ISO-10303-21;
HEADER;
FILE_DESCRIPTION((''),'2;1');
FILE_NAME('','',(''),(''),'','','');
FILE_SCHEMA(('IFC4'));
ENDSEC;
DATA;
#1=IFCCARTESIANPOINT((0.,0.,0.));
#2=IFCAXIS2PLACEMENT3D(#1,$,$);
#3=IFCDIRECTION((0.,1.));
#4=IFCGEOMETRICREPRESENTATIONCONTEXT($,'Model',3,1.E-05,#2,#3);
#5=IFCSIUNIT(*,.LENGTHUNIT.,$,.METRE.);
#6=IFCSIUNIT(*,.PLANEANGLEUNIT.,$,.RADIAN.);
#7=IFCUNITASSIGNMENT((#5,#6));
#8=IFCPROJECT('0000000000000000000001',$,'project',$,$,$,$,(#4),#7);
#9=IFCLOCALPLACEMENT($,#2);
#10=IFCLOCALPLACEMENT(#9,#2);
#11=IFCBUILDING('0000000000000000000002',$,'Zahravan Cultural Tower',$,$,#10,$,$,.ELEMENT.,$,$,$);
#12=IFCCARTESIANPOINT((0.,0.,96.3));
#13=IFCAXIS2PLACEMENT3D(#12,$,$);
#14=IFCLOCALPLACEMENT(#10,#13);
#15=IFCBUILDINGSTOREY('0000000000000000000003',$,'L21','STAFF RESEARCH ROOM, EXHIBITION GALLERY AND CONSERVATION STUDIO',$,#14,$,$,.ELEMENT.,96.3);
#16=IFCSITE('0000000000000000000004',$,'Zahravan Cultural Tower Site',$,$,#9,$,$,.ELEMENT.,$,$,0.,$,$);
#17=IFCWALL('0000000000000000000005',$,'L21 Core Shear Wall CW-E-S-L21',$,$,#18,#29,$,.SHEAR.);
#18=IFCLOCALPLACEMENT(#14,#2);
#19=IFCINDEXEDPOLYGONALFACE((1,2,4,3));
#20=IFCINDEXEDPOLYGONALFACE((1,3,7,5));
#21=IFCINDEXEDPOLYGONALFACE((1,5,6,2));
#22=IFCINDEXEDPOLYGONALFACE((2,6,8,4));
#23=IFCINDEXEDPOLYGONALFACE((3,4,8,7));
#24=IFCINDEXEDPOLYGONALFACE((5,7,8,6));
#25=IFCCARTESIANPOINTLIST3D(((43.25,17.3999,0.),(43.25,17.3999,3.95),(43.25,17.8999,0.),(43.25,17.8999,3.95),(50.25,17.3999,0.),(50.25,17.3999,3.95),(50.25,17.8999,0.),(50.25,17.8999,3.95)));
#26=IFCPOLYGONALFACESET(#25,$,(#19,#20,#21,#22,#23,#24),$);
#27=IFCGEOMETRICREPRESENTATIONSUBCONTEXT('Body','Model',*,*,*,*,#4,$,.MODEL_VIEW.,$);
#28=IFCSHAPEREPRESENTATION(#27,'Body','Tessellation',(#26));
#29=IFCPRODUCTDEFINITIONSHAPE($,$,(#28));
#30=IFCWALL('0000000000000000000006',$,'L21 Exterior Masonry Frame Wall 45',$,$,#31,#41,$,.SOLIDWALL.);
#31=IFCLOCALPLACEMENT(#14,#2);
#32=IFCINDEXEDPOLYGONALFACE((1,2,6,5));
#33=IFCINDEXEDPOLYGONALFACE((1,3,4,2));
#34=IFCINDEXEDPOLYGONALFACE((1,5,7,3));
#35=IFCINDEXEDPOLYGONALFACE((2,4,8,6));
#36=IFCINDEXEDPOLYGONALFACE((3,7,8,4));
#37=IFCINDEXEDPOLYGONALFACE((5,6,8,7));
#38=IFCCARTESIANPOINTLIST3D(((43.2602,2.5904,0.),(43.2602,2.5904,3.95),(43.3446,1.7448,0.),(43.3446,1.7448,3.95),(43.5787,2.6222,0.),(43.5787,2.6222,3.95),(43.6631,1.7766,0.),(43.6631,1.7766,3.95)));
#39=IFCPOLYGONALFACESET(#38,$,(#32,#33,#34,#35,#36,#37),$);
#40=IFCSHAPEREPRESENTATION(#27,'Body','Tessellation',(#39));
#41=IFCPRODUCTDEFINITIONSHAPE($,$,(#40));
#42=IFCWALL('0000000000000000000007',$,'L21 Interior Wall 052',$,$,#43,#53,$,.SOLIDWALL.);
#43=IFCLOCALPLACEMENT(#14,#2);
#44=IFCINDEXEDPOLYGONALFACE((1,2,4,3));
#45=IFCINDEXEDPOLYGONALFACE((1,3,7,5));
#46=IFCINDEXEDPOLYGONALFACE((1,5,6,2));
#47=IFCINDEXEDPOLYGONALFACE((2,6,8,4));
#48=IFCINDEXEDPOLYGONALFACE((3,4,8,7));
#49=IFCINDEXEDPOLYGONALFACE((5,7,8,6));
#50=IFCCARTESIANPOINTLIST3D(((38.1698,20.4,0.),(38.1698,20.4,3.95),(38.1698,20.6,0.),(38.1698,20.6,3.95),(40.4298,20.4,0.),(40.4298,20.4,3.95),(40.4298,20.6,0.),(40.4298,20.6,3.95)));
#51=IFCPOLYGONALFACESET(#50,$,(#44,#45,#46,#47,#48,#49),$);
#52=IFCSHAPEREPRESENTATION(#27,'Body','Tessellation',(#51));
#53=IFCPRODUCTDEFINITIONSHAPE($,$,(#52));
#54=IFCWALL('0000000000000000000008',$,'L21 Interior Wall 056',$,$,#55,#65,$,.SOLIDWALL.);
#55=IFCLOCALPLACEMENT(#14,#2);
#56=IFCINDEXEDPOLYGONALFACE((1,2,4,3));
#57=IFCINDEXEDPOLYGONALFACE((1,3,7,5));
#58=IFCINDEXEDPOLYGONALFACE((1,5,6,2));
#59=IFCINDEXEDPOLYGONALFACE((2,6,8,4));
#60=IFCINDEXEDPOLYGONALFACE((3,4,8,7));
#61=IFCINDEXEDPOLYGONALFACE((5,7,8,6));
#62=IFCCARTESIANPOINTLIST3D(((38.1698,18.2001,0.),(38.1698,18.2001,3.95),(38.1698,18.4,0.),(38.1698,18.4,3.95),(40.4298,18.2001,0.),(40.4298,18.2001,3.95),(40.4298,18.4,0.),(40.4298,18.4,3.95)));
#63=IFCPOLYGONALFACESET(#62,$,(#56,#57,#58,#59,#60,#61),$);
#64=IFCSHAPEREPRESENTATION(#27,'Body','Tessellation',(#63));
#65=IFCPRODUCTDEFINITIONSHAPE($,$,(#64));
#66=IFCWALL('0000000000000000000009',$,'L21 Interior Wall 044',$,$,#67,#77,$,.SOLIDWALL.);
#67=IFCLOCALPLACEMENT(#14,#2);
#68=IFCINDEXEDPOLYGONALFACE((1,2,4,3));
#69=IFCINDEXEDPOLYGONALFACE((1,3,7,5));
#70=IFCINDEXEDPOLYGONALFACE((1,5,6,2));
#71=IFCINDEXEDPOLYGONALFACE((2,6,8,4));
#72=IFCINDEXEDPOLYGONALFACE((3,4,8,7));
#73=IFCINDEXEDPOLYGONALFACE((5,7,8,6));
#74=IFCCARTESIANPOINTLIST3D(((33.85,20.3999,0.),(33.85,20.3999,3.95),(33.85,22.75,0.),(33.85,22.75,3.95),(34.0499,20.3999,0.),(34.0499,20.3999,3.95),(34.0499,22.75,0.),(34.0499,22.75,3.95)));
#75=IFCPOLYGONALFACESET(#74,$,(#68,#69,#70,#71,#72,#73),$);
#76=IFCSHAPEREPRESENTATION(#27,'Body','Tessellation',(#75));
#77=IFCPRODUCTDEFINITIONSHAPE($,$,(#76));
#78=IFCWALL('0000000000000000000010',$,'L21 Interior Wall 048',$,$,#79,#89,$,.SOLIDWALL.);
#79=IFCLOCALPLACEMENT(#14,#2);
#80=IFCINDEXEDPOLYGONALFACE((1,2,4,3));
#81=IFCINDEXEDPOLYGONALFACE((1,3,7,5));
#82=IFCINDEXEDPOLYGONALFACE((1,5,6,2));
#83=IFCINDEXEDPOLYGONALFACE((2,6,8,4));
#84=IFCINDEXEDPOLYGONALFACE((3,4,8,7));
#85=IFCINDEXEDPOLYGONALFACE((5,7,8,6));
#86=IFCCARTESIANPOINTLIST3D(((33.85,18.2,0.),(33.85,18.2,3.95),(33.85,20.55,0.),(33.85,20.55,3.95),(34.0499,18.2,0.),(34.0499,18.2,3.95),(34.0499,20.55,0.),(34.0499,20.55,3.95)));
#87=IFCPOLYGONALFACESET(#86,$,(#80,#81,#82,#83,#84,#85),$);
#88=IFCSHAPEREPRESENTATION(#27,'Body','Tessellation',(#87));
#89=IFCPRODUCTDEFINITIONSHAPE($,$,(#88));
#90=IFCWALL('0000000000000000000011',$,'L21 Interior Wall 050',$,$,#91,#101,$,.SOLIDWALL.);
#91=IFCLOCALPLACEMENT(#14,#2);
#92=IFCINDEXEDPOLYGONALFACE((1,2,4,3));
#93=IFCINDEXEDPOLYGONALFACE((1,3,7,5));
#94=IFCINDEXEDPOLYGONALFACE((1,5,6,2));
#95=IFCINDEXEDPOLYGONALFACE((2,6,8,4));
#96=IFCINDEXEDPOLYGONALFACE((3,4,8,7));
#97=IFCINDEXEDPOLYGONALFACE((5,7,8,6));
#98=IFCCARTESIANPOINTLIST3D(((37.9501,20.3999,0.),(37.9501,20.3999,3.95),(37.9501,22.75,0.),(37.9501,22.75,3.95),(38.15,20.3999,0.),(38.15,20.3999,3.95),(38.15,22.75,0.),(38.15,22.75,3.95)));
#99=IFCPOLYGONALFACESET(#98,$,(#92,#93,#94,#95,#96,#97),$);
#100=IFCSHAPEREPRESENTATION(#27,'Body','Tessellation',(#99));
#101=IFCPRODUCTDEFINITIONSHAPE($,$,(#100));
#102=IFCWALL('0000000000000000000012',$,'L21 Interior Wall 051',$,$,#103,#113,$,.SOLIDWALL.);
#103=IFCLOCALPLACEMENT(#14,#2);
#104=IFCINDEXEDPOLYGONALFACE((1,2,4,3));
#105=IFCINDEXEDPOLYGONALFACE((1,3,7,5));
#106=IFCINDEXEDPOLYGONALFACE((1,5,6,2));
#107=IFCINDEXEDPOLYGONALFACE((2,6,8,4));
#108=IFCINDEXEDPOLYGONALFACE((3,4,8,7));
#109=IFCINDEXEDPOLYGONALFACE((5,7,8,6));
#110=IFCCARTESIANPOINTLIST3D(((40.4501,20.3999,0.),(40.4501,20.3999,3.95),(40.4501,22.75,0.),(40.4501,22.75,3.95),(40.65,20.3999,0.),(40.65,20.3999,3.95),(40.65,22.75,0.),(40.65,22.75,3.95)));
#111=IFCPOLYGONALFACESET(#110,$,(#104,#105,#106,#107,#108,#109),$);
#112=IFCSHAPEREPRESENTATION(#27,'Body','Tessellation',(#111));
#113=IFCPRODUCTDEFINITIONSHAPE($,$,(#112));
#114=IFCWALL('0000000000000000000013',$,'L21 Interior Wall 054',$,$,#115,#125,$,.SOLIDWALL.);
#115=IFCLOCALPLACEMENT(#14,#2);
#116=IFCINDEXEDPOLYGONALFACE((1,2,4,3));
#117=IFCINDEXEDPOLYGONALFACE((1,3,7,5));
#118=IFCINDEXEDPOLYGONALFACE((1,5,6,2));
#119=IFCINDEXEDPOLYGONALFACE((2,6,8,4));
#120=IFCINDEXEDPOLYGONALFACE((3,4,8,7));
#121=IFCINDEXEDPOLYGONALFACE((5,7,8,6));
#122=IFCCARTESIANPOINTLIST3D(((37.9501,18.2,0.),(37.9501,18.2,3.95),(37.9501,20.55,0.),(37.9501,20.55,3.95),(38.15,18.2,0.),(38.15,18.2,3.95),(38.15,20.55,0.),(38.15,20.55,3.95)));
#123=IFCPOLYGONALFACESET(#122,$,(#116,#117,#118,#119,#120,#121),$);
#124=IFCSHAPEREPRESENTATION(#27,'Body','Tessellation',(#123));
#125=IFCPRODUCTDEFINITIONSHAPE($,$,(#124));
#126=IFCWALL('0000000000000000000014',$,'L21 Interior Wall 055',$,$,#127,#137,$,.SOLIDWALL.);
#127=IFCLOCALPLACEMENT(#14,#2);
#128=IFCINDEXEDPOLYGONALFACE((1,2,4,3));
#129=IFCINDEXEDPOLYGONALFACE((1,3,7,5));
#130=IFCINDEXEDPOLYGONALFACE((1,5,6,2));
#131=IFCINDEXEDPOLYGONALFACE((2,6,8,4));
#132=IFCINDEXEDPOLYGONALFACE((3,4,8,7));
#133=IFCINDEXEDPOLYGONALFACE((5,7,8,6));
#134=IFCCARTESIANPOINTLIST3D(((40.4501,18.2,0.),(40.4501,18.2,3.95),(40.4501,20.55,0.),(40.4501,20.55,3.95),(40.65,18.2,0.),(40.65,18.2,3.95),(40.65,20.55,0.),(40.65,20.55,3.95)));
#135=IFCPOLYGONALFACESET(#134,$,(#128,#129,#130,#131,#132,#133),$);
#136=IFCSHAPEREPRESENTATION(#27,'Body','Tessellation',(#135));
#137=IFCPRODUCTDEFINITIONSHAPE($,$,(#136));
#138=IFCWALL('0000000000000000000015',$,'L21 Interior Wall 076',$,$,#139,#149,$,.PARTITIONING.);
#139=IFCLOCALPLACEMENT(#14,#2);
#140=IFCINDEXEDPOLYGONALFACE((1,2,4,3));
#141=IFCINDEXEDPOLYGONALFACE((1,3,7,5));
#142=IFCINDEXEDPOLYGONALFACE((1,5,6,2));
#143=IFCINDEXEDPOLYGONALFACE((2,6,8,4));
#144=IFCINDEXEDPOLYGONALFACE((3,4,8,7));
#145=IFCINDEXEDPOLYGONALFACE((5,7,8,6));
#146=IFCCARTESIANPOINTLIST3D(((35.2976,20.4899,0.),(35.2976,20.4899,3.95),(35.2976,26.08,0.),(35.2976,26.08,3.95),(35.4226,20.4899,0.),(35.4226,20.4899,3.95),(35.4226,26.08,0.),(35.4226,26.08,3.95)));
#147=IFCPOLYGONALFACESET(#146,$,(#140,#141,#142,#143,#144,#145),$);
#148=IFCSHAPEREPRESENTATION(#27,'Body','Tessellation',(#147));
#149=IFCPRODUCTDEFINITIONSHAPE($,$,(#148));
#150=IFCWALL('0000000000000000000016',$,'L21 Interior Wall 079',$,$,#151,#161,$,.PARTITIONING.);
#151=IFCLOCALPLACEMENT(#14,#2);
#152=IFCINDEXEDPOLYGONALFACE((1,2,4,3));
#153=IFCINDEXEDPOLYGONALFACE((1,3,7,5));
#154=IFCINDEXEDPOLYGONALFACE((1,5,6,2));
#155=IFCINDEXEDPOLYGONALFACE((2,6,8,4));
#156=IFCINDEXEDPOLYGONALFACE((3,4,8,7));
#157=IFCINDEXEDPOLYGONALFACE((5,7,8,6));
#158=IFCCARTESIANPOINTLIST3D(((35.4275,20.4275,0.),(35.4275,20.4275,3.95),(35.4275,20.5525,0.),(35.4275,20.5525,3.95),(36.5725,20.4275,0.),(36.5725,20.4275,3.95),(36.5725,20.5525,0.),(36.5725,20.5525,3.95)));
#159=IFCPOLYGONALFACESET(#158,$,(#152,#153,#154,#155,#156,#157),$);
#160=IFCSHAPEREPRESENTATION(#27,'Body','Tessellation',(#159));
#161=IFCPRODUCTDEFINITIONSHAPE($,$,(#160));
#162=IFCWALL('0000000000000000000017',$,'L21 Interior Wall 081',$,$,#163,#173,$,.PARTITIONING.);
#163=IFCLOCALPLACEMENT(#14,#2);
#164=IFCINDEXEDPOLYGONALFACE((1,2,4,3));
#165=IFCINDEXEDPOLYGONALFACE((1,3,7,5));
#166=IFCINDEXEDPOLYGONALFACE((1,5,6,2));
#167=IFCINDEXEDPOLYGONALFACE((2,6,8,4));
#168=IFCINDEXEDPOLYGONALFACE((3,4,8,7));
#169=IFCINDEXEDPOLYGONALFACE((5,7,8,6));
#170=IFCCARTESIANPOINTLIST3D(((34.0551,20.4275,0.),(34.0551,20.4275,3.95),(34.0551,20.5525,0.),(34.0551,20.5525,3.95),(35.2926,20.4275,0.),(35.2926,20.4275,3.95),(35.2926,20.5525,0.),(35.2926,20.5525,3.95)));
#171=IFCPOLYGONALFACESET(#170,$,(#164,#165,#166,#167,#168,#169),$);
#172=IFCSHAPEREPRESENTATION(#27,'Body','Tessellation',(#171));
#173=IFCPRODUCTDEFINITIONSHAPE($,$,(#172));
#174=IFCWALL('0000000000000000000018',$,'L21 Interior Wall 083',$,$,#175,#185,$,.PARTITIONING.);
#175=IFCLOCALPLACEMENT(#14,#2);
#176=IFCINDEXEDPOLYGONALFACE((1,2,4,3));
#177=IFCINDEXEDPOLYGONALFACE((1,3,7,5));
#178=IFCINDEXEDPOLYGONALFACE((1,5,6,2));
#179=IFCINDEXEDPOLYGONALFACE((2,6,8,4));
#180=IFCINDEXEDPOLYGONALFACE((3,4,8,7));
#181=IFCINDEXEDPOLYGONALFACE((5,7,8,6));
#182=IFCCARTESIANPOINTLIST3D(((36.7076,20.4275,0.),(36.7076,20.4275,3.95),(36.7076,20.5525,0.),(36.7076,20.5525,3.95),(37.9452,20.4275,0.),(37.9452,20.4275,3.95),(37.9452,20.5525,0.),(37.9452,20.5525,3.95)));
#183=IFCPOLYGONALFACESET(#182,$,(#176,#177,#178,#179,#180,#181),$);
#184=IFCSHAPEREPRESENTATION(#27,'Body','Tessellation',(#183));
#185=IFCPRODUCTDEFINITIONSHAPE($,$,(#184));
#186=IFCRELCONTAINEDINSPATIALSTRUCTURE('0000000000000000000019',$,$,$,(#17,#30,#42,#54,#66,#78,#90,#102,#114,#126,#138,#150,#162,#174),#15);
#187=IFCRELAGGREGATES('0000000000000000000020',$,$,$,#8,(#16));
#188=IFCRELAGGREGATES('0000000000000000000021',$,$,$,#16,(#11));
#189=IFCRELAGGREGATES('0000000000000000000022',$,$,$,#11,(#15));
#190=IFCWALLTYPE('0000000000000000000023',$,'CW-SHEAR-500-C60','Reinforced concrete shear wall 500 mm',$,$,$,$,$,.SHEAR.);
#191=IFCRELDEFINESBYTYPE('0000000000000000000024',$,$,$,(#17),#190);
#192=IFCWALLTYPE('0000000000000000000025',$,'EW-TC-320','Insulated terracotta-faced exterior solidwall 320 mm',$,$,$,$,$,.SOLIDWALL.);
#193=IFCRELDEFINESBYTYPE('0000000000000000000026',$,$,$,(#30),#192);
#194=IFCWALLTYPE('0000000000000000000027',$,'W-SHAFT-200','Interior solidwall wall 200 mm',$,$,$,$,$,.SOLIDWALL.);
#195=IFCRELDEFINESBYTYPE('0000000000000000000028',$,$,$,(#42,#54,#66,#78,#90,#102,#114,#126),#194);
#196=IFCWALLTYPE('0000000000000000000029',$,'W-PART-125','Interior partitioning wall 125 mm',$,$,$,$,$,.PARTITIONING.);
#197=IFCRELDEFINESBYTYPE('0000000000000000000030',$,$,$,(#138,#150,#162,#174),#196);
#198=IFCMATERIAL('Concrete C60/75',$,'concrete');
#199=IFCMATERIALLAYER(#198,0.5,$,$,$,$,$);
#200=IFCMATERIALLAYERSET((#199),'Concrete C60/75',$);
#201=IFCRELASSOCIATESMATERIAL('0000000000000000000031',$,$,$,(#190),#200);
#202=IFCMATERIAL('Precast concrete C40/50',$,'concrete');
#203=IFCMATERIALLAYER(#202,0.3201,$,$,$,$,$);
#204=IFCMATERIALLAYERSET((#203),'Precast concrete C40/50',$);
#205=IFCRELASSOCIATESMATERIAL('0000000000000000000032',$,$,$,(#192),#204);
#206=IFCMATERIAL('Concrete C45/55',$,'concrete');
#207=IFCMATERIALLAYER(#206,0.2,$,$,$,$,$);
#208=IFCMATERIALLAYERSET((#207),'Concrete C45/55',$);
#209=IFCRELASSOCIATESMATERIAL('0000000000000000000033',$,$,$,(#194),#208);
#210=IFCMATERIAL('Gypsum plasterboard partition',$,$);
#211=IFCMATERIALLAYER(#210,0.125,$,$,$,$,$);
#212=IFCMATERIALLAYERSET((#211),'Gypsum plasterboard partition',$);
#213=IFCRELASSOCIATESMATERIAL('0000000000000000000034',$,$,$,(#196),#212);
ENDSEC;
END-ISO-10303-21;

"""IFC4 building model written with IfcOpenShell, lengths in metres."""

from ifc_helpers import new_model, si_unit, direction, frame, frame_2d, origin, place, context, subcontext, project, spatial, rectangle, extrude, source, transform, mapped, material, layer, layer_set, type_object, element, save


model = new_model("IFC4")

# Units and contexts
model_context = context("Model", 3, precision=1e-05, world=origin(), true_north=direction((0.0, 1.0)))
body_context = subcontext(model_context, "Body", "Model", "MODEL_VIEW")
ifc_project = project(units=[si_unit("LENGTHUNIT", "METRE"), si_unit("PLANEANGLEUNIT", "RADIAN")], contexts=[model_context])

# Site, building, storey
site_placement = place(None, origin())
site = spatial("IfcSite", under=ifc_project, at=site_placement, Name="Zahravan Cultural Tower Site", CompositionType="ELEMENT", RefElevation=0.0)
building_placement = place(site_placement, origin())
building = spatial("IfcBuilding", under=site, at=building_placement, Name="Zahravan Cultural Tower", CompositionType="ELEMENT")
storey_placement = place(building_placement, frame((0.0, 0.0, 96.3)))
storey = spatial("IfcBuildingStorey", under=building, at=storey_placement, Name="L21", Description="STAFF RESEARCH ROOM, EXHIBITION GALLERY AND CONSERVATION STUDIO", CompositionType="ELEMENT", Elevation=96.3)

# Shared definitions
ifc_material_1 = material(Name="Concrete C60/75", Category="concrete")

# Shared definitions
ifc_layer_1 = layer(ifc_material_1, 0.5)
ifc_layer_set_1 = layer_set([ifc_layer_1], Name="Concrete C60/75")
wall_type_1 = type_object("IfcWallType", Name="CW-SHEAR-500-C60", Description="Reinforced concrete shear wall 500 mm", PredefinedType="SHEAR", material=ifc_layer_set_1)

# Walls
shared_shape_1 = source(origin(), body_context, "Body", "SweptSolid", [
    extrude(rectangle(XDim=7.0, YDim=0.5, at=frame_2d((3.5, 0.0))), origin(), (0.0, 0.0, 1.0), 3.95),
])
wall_1_placement = place(storey_placement, frame((43.25, 17.6499, 0.0), z_axis=(0.0, 0.0, 1.0), x_axis=(1.0, 0.0, 0.0)))
element("IfcWall", 1, at=wall_1_placement, inside=storey, type_object=wall_type_1, Name="L21 Core Shear Wall CW-E-S-L21", PredefinedType="SHEAR", context=body_context, shape_type="MappedRepresentation", body=[
    mapped(shared_shape_1, transform((0.0, 0.0, 0.0), x_axis=(1.0, 0.0, 0.0), y_axis=(0.0, 1.0, 0.0), z_axis=(0.0, 0.0, 1.0), scale=1.0)),
])
ifc_material_2 = material(Name="Precast concrete C40/50", Category="concrete")
ifc_layer_2 = layer(ifc_material_2, 0.3201)
ifc_layer_set_2 = layer_set([ifc_layer_2], Name="Precast concrete C40/50")
wall_type_2 = type_object("IfcWallType", Name="EW-TC-320", Description="Insulated terracotta-faced exterior solidwall 320 mm", PredefinedType="SOLIDWALL", material=ifc_layer_set_2)
shared_shape_2 = source(origin(), body_context, "Body", "SweptSolid", [
    extrude(rectangle(XDim=0.8499, YDim=0.3201, at=frame_2d((0.4248, 0.0))), origin(), (0.0, 0.0, 1.0), 3.95),
])
wall_2_placement = place(storey_placement, frame((43.4194, 2.6062, 0.0), z_axis=(0.0, 0.0, 1.0), x_axis=(0.09939, -0.995049, 0.0)))
element("IfcWall", 2, at=wall_2_placement, inside=storey, type_object=wall_type_2, Name="L21 Exterior Masonry Frame Wall 45", PredefinedType="SOLIDWALL", context=body_context, shape_type="MappedRepresentation", body=[
    mapped(shared_shape_2, transform((0.0, 0.0, 0.0), x_axis=(1.0, 0.0, 0.0), y_axis=(0.0, 1.0, 0.0), z_axis=(0.0, 0.0, 1.0), scale=1.0)),
])
ifc_material_3 = material(Name="Concrete C45/55", Category="concrete")
ifc_layer_3 = layer(ifc_material_3, 0.2)
ifc_layer_set_3 = layer_set([ifc_layer_3], Name="Concrete C45/55")
wall_type_3 = type_object("IfcWallType", Name="W-SHAFT-200", Description="Interior solidwall wall 200 mm", PredefinedType="SOLIDWALL", material=ifc_layer_set_3)
shared_shape_3 = source(origin(), body_context, "Body", "SweptSolid", [
    extrude(rectangle(XDim=2.26, YDim=0.2, at=frame_2d((1.1299, 0.0))), origin(), (0.0, 0.0, 1.0), 3.95),
])
for number, where, z_axis, x_axis, name in (
    (3, (38.1699, 20.5, 0.0), (0.0, 0.0, 1.0), (1.0, 0.0, 0.0), "L21 Interior Wall 052"),
    (4, (38.1699, 18.3, 0.0), (0.0, 0.0, 1.0), (1.0, 0.0, 0.0), "L21 Interior Wall 056"),
):
    element("IfcWall", number, at=place(storey_placement, frame(where, z_axis=z_axis, x_axis=x_axis)), inside=storey, type_object=wall_type_3, Name=name, PredefinedType="SOLIDWALL", context=body_context, shape_type="MappedRepresentation", body=[
        mapped(shared_shape_3, transform((0.0, 0.0, 0.0), x_axis=(1.0, 0.0, 0.0), y_axis=(0.0, 1.0, 0.0), z_axis=(0.0, 0.0, 1.0), scale=1.0)),
    ])
shared_shape_4 = source(origin(), body_context, "Body", "SweptSolid", [
    extrude(rectangle(XDim=2.3501, YDim=0.2, at=frame_2d((1.175, 0.0))), origin(), (0.0, 0.0, 1.0), 3.95),
])
for number, where, z_axis, x_axis, name in (
    (5, (33.95, 20.3999, 0.0), (0.0, 0.0, 1.0), (0.0, 1.0, 0.0), "L21 Interior Wall 044"),
    (6, (33.95, 18.2, 0.0), (0.0, 0.0, 1.0), (0.0, 1.0, 0.0), "L21 Interior Wall 048"),
    (7, (38.05, 20.3999, 0.0), (0.0, 0.0, 1.0), (0.0, 1.0, 0.0), "L21 Interior Wall 050"),
    (8, (40.55, 20.3999, 0.0), (0.0, 0.0, 1.0), (0.0, 1.0, 0.0), "L21 Interior Wall 051"),
    (9, (38.05, 18.2, 0.0), (0.0, 0.0, 1.0), (0.0, 1.0, 0.0), "L21 Interior Wall 054"),
    (10, (40.55, 18.2, 0.0), (0.0, 0.0, 1.0), (0.0, 1.0, 0.0), "L21 Interior Wall 055"),
):
    element("IfcWall", number, at=place(storey_placement, frame(where, z_axis=z_axis, x_axis=x_axis)), inside=storey, type_object=wall_type_3, Name=name, PredefinedType="SOLIDWALL", context=body_context, shape_type="MappedRepresentation", body=[
        mapped(shared_shape_4, transform((0.0, 0.0, 0.0), x_axis=(1.0, 0.0, 0.0), y_axis=(0.0, 1.0, 0.0), z_axis=(0.0, 0.0, 1.0), scale=1.0)),
    ])
ifc_material_4 = material(Name="Gypsum plasterboard partition")
ifc_layer_4 = layer(ifc_material_4, 0.125)
ifc_layer_set_4 = layer_set([ifc_layer_4], Name="Gypsum plasterboard partition")
wall_type_4 = type_object("IfcWallType", Name="W-PART-125", Description="Interior partitioning wall 125 mm", PredefinedType="PARTITIONING", material=ifc_layer_set_4)
shared_shape_5 = source(origin(), body_context, "Body", "SweptSolid", [
    extrude(rectangle(XDim=5.5901, YDim=0.125, at=frame_2d((2.7949, 0.0))), origin(), (0.0, 0.0, 1.0), 3.95),
])
wall_3_placement = place(storey_placement, frame((35.3601, 20.49, 0.0), z_axis=(0.0, 0.0, 1.0), x_axis=(0.0, 1.0, 0.0)))
element("IfcWall", 11, at=wall_3_placement, inside=storey, type_object=wall_type_4, Name="L21 Interior Wall 076", PredefinedType="PARTITIONING", context=body_context, shape_type="MappedRepresentation", body=[
    mapped(shared_shape_5, transform((0.0, 0.0, 0.0), x_axis=(1.0, 0.0, 0.0), y_axis=(0.0, 1.0, 0.0), z_axis=(0.0, 0.0, 1.0), scale=1.0)),
])
shared_shape_6 = source(origin(), body_context, "Body", "SweptSolid", [
    extrude(rectangle(XDim=1.145, YDim=0.125, at=frame_2d((0.5725, 0.0))), origin(), (0.0, 0.0, 1.0), 3.95),
])
wall_4_placement = place(storey_placement, frame((36.5725, 20.49, 0.0), z_axis=(0.0, 0.0, 1.0), x_axis=(-1.0, 0.0, 0.0)))
element("IfcWall", 12, at=wall_4_placement, inside=storey, type_object=wall_type_4, Name="L21 Interior Wall 079", PredefinedType="PARTITIONING", context=body_context, shape_type="MappedRepresentation", body=[
    mapped(shared_shape_6, transform((0.0, 0.0, 0.0), x_axis=(1.0, 0.0, 0.0), y_axis=(0.0, 1.0, 0.0), z_axis=(0.0, 0.0, 1.0), scale=1.0)),
])
shared_shape_7 = source(origin(), body_context, "Body", "SweptSolid", [
    extrude(rectangle(XDim=1.2375, YDim=0.125, at=frame_2d((0.6187, 0.0))), origin(), (0.0, 0.0, 1.0), 3.95),
])
for number, where, z_axis, x_axis, name in (
    (13, (35.2925, 20.49, 0.0), (0.0, 0.0, 1.0), (-1.0, 0.0, 0.0), "L21 Interior Wall 081"),
    (14, (37.9451, 20.49, 0.0), (0.0, 0.0, 1.0), (-1.0, 0.0, 0.0), "L21 Interior Wall 083"),
):
    element("IfcWall", number, at=place(storey_placement, frame(where, z_axis=z_axis, x_axis=x_axis)), inside=storey, type_object=wall_type_4, Name=name, PredefinedType="PARTITIONING", context=body_context, shape_type="MappedRepresentation", body=[
        mapped(shared_shape_7, transform((0.0, 0.0, 0.0), x_axis=(1.0, 0.0, 0.0), y_axis=(0.0, 1.0, 0.0), z_axis=(0.0, 0.0, 1.0), scale=1.0)),
    ])

save(model, "model.ifc")
